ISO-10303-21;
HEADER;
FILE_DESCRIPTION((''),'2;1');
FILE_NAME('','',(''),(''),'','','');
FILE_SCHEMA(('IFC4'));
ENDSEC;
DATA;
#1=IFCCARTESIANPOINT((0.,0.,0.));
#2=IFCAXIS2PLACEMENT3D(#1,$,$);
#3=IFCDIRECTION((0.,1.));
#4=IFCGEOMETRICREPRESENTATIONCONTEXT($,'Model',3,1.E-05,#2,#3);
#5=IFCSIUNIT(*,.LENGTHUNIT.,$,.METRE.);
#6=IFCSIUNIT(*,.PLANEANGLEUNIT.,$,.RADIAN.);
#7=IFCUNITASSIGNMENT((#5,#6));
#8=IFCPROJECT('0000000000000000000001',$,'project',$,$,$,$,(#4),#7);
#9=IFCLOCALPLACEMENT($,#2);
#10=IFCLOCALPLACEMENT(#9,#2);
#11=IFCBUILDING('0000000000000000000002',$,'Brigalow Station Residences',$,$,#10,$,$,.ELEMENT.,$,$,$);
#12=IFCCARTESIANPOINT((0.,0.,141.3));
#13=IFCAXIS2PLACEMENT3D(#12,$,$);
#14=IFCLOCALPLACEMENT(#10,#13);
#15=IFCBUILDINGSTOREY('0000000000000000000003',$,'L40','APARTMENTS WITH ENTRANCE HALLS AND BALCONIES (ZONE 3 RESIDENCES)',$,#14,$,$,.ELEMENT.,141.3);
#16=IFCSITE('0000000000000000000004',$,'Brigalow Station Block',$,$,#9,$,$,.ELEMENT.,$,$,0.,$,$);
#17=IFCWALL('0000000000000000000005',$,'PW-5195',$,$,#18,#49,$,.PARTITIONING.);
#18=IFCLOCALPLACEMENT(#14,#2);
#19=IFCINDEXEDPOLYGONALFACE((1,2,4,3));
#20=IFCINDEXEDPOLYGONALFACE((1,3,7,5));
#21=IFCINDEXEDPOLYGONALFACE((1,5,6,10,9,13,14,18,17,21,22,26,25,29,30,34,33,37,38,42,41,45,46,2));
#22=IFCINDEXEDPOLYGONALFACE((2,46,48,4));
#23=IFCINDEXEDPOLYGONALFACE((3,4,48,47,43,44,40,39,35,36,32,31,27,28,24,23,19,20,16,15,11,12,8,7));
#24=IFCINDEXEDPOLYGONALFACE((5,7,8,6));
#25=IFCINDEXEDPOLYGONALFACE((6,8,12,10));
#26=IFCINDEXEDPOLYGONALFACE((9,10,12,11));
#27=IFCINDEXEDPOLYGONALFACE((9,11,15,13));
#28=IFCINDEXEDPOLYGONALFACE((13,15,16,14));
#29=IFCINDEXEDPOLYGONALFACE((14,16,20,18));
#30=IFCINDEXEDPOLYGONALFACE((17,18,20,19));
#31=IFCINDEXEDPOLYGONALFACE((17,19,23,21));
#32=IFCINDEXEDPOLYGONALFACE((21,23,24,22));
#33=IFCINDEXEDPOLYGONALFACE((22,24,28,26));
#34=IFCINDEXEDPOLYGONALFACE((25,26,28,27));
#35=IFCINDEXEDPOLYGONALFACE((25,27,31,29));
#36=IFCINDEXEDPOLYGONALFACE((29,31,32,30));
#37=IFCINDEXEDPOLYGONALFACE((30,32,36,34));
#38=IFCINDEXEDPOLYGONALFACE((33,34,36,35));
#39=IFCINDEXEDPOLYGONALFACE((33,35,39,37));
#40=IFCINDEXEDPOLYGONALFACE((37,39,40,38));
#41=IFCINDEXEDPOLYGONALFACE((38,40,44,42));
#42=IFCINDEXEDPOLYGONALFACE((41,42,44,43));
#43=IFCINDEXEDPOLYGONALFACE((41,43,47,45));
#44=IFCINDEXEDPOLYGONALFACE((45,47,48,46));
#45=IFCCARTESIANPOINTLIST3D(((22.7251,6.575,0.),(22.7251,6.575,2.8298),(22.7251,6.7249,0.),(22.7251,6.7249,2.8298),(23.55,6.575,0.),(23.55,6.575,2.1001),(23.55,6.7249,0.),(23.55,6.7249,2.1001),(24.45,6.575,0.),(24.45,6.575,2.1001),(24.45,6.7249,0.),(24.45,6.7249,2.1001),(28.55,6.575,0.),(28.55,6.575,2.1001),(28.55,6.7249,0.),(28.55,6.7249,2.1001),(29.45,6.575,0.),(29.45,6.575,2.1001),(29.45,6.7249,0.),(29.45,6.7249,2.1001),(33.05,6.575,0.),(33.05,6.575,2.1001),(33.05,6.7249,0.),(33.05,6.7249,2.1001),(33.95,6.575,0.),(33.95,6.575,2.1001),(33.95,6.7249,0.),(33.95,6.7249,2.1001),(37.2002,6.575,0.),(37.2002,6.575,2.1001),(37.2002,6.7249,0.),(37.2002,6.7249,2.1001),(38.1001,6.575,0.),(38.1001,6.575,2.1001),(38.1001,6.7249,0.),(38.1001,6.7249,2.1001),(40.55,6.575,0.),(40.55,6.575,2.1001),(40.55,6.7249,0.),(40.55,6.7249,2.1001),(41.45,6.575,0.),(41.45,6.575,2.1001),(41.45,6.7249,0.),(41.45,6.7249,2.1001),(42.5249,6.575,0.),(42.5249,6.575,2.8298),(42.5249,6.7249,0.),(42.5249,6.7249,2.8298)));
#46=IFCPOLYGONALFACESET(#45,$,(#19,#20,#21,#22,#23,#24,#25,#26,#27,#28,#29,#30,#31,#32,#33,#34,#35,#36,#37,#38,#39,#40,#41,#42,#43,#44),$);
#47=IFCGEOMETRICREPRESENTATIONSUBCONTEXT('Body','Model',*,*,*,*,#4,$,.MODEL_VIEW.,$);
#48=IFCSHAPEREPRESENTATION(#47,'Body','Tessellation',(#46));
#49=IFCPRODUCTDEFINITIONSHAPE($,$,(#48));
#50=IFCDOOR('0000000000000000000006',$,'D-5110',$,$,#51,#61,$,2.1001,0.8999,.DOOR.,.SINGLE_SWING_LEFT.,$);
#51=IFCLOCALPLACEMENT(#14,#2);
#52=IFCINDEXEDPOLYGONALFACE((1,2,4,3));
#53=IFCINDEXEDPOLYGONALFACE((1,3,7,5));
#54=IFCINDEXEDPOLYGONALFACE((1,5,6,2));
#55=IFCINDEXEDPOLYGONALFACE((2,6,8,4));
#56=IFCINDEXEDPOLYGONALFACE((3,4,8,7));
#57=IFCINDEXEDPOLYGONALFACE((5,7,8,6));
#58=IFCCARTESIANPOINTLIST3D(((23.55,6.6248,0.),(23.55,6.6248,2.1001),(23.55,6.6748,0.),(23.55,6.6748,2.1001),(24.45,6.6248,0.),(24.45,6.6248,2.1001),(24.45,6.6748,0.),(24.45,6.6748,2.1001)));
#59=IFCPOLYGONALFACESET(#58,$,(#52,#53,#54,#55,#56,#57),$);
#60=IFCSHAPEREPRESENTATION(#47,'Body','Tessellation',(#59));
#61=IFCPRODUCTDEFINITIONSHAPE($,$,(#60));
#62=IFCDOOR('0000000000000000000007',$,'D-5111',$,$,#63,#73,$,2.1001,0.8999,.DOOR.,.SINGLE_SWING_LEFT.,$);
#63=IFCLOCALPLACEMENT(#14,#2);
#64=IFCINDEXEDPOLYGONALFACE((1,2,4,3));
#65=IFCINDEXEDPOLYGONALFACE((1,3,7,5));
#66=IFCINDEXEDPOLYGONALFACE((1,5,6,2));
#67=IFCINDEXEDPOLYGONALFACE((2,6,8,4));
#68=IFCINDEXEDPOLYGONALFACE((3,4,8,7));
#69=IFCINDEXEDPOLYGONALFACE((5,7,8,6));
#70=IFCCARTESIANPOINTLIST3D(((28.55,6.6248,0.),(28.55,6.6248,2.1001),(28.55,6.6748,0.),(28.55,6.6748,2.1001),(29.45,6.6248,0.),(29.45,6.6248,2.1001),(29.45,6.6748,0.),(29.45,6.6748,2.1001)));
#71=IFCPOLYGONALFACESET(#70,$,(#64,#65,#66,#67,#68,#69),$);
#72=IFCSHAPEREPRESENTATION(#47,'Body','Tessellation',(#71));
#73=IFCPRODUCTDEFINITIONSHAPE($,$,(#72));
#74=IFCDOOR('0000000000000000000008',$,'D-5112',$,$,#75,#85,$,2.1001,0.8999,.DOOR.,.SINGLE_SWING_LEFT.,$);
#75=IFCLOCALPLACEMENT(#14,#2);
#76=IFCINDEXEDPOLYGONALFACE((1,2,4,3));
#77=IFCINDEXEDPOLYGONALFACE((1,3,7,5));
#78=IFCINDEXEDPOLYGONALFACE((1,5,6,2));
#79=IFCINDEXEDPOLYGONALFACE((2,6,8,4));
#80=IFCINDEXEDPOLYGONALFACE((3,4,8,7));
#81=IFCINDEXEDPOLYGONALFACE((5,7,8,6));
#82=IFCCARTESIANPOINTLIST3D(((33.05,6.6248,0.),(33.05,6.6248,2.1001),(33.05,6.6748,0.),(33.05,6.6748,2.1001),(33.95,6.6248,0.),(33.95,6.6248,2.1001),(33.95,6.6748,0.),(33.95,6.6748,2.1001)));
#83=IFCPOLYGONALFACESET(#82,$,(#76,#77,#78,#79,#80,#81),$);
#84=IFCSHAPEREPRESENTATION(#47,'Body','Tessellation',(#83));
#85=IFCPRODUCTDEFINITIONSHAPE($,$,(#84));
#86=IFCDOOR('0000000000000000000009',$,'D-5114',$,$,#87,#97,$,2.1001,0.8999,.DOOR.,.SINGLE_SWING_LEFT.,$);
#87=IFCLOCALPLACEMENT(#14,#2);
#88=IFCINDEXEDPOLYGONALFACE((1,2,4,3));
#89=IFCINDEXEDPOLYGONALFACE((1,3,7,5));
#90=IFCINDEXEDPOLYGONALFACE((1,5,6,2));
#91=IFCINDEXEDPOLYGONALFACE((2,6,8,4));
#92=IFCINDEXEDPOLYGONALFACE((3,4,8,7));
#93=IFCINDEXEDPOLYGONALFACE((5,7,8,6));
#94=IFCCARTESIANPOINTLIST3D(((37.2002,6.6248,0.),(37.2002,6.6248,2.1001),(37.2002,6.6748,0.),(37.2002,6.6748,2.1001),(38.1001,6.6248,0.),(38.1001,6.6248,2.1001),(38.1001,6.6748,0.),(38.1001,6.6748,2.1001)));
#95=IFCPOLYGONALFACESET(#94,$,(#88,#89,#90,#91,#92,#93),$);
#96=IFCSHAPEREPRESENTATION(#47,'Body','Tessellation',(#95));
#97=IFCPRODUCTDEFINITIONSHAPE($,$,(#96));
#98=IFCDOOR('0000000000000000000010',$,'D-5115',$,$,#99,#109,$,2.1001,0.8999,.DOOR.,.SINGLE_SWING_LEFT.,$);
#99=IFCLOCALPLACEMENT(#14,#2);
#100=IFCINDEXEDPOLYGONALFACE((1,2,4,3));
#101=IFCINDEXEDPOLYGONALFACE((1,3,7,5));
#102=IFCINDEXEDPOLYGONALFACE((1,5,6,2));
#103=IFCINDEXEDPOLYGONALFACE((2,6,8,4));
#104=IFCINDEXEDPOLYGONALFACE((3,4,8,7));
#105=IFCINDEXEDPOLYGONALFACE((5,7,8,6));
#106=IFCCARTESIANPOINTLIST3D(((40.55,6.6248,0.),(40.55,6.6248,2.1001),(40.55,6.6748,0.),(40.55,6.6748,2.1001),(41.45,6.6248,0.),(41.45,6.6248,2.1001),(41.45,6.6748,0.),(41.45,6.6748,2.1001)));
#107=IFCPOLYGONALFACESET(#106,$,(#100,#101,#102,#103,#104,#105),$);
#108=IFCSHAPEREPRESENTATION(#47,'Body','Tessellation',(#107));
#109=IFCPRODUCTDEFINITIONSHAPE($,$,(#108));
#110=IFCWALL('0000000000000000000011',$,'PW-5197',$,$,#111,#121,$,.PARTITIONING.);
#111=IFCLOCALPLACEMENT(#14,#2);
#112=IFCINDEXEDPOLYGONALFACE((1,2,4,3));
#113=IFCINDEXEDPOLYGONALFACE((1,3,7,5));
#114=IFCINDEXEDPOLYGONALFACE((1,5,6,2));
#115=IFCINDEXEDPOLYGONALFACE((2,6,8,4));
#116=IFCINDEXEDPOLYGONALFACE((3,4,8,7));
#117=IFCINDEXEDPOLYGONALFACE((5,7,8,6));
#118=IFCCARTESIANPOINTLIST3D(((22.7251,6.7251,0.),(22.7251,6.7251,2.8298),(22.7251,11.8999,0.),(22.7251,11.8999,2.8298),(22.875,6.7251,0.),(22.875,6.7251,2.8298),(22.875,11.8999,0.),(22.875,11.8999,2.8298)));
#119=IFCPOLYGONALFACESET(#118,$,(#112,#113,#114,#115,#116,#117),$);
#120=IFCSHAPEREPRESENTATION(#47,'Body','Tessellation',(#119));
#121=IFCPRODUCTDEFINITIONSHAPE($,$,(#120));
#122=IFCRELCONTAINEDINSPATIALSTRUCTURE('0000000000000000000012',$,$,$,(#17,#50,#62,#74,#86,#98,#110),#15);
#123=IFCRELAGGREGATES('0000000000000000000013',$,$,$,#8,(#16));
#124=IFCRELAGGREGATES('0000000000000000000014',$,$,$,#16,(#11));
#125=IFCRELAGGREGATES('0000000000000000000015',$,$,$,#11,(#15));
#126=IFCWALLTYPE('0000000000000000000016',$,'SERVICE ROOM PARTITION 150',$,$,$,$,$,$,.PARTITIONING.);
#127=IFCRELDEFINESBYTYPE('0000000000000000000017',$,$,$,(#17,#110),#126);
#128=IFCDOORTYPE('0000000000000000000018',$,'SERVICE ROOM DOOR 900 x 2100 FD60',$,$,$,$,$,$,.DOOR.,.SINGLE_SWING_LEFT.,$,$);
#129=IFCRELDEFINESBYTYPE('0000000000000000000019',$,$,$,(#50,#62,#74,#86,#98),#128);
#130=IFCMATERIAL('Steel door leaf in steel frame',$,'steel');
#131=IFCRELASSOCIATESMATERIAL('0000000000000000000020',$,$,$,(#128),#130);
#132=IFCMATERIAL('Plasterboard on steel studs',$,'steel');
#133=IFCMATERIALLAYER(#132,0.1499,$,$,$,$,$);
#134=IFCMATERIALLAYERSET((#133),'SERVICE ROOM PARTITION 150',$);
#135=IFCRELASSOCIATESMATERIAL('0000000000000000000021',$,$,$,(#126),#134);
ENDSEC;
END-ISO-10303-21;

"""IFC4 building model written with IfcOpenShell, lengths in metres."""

from ifc_helpers import new_model, si_unit, direction, frame, frame_2d, origin, place, context, subcontext, project, spatial, rectangle, extrude, material, layer, layer_set, type_object, element, fill, save


model = new_model("IFC4")

# Units and contexts
model_context = context("Model", 3, precision=1e-05, world=origin(), true_north=direction((0.0, 1.0)))
body_context = subcontext(model_context, "Body", "Model", "MODEL_VIEW")
ifc_project = project(units=[si_unit("LENGTHUNIT", "METRE"), si_unit("PLANEANGLEUNIT", "RADIAN")], contexts=[model_context])

# Site, building, storey
site_placement = place(None, origin())
site = spatial("IfcSite", under=ifc_project, at=site_placement, Name="Brigalow Station Block", CompositionType="ELEMENT", RefElevation=0.0)
building_placement = place(site_placement, origin())
building = spatial("IfcBuilding", under=site, at=building_placement, Name="Brigalow Station Residences", CompositionType="ELEMENT")
storey_placement = place(building_placement, frame((0.0, 0.0, 141.3)))
storey = spatial("IfcBuildingStorey", under=building, at=storey_placement, Name="L40", Description="APARTMENTS WITH ENTRANCE HALLS AND BALCONIES (ZONE 3 RESIDENCES)", CompositionType="ELEMENT", Elevation=141.3)

# Shared definitions
ifc_material_1 = material(Name="Steel door leaf in steel frame", Category="steel")
door_type_1 = type_object("IfcDoorType", Name="SERVICE ROOM DOOR 900 x 2100 FD60", OperationType="SINGLE_SWING_LEFT", PredefinedType="DOOR", material=ifc_material_1)

# Wall, openings, doors
ifc_material_2 = material(Name="Plasterboard on steel studs", Category="steel")
ifc_layer_1 = layer(ifc_material_2, 0.1499)
ifc_layer_set_1 = layer_set([ifc_layer_1], Name="SERVICE ROOM PARTITION 150")
wall_type_1 = type_object("IfcWallType", Name="SERVICE ROOM PARTITION 150", PredefinedType="PARTITIONING", material=ifc_layer_set_1)
wall_1_placement = place(storey_placement, frame((22.7251, 6.6499, 0.0), z_axis=(0.0, 0.0, 1.0), x_axis=(1.0, 0.0, 0.0)))
wall_1 = element("IfcWall", 1, at=wall_1_placement, inside=storey, type_object=wall_type_1, Name="PW-5195", PredefinedType="PARTITIONING", context=body_context, shape_type="SweptSolid", body=[
    extrude(rectangle(XDim=19.7998, YDim=0.1499, at=frame_2d((9.8999, 0.0))), origin(), (0.0, 0.0, 1.0), 2.8298),
])
opening_1_placement = place(wall_1_placement, frame((0.825, 0.0, 0.0)))
opening_1 = element("IfcOpeningElement", 2, at=opening_1_placement, cuts=wall_1, PredefinedType="OPENING", context=body_context, shape_type="SweptSolid", body=[
    extrude(rectangle(XDim=0.8999, YDim=2.1001, at=frame_2d((0.45, 1.05))), frame((0.0, 0.085, 0.0), z_axis=(0.0, -1.0, 0.0), x_axis=(1.0, 0.0, 0.0)), (0.0, 0.0, 1.0), 0.1699),
])
opening_2_placement = place(wall_1_placement, frame((5.825, 0.0, 0.0)))
opening_2 = element("IfcOpeningElement", 3, at=opening_2_placement, cuts=wall_1, PredefinedType="OPENING", context=body_context, shape_type="SweptSolid", body=[
    extrude(rectangle(XDim=0.8999, YDim=2.1001, at=frame_2d((0.45, 1.05))), frame((0.0, 0.085, 0.0), z_axis=(0.0, -1.0, 0.0), x_axis=(1.0, 0.0, 0.0)), (0.0, 0.0, 1.0), 0.1699),
])
opening_3_placement = place(wall_1_placement, frame((10.325, 0.0, 0.0)))
opening_3 = element("IfcOpeningElement", 4, at=opening_3_placement, cuts=wall_1, PredefinedType="OPENING", context=body_context, shape_type="SweptSolid", body=[
    extrude(rectangle(XDim=0.8999, YDim=2.1001, at=frame_2d((0.45, 1.05))), frame((0.0, 0.085, 0.0), z_axis=(0.0, -1.0, 0.0), x_axis=(1.0, 0.0, 0.0)), (0.0, 0.0, 1.0), 0.1699),
])
opening_4_placement = place(wall_1_placement, frame((14.4751, 0.0, 0.0)))
opening_4 = element("IfcOpeningElement", 5, at=opening_4_placement, cuts=wall_1, PredefinedType="OPENING", context=body_context, shape_type="SweptSolid", body=[
    extrude(rectangle(XDim=0.8999, YDim=2.1001, at=frame_2d((0.45, 1.05))), frame((0.0, 0.085, 0.0), z_axis=(0.0, -1.0, 0.0), x_axis=(1.0, 0.0, 0.0)), (0.0, 0.0, 1.0), 0.1699),
])
opening_5_placement = place(wall_1_placement, frame((17.825, 0.0, 0.0)))
opening_5 = element("IfcOpeningElement", 6, at=opening_5_placement, cuts=wall_1, PredefinedType="OPENING", context=body_context, shape_type="SweptSolid", body=[
    extrude(rectangle(XDim=0.8999, YDim=2.1001, at=frame_2d((0.45, 1.05))), frame((0.0, 0.085, 0.0), z_axis=(0.0, -1.0, 0.0), x_axis=(1.0, 0.0, 0.0)), (0.0, 0.0, 1.0), 0.1699),
])
door_1_placement = place(opening_1_placement, origin())
door_1 = element("IfcDoor", 7, at=door_1_placement, inside=storey, type_object=door_type_1, Name="D-5110", OperationType="SINGLE_SWING_LEFT", OverallHeight=2.1001, OverallWidth=0.8999, PredefinedType="DOOR", context=body_context, shape_type="SweptSolid", body=[
    extrude(rectangle(XDim=0.8999, YDim=2.1001, at=frame_2d((0.45, 1.05))), frame((0.0, 0.0249, 0.0), z_axis=(0.0, -1.0, 0.0), x_axis=(1.0, 0.0, 0.0)), (0.0, 0.0, 1.0), 0.05),
])
fill(opening_1, door_1)
door_2_placement = place(opening_2_placement, origin())
door_2 = element("IfcDoor", 8, at=door_2_placement, inside=storey, type_object=door_type_1, Name="D-5111", OperationType="SINGLE_SWING_LEFT", OverallHeight=2.1001, OverallWidth=0.8999, PredefinedType="DOOR", context=body_context, shape_type="SweptSolid", body=[
    extrude(rectangle(XDim=0.8999, YDim=2.1001, at=frame_2d((0.45, 1.05))), frame((0.0, 0.0249, 0.0), z_axis=(0.0, -1.0, 0.0), x_axis=(1.0, 0.0, 0.0)), (0.0, 0.0, 1.0), 0.05),
])
fill(opening_2, door_2)
door_3_placement = place(opening_3_placement, origin())
door_3 = element("IfcDoor", 9, at=door_3_placement, inside=storey, type_object=door_type_1, Name="D-5112", OperationType="SINGLE_SWING_LEFT", OverallHeight=2.1001, OverallWidth=0.8999, PredefinedType="DOOR", context=body_context, shape_type="SweptSolid", body=[
    extrude(rectangle(XDim=0.8999, YDim=2.1001, at=frame_2d((0.45, 1.05))), frame((0.0, 0.0249, 0.0), z_axis=(0.0, -1.0, 0.0), x_axis=(1.0, 0.0, 0.0)), (0.0, 0.0, 1.0), 0.05),
])
fill(opening_3, door_3)
door_4_placement = place(opening_4_placement, origin())
door_4 = element("IfcDoor", 10, at=door_4_placement, inside=storey, type_object=door_type_1, Name="D-5114", OperationType="SINGLE_SWING_LEFT", OverallHeight=2.1001, OverallWidth=0.8999, PredefinedType="DOOR", context=body_context, shape_type="SweptSolid", body=[
    extrude(rectangle(XDim=0.8999, YDim=2.1001, at=frame_2d((0.45, 1.05))), frame((0.0, 0.0249, 0.0), z_axis=(0.0, -1.0, 0.0), x_axis=(1.0, 0.0, 0.0)), (0.0, 0.0, 1.0), 0.05),
])
fill(opening_4, door_4)
door_5_placement = place(opening_5_placement, origin())
door_5 = element("IfcDoor", 11, at=door_5_placement, inside=storey, type_object=door_type_1, Name="D-5115", OperationType="SINGLE_SWING_LEFT", OverallHeight=2.1001, OverallWidth=0.8999, PredefinedType="DOOR", context=body_context, shape_type="SweptSolid", body=[
    extrude(rectangle(XDim=0.8999, YDim=2.1001, at=frame_2d((0.45, 1.05))), frame((0.0, 0.0249, 0.0), z_axis=(0.0, -1.0, 0.0), x_axis=(1.0, 0.0, 0.0)), (0.0, 0.0, 1.0), 0.05),
])
fill(opening_5, door_5)

# Wall
wall_2_placement = place(storey_placement, frame((22.8, 6.7251, 0.0), z_axis=(0.0, 0.0, 1.0), x_axis=(0.0, 1.0, 0.0)))
element("IfcWall", 12, at=wall_2_placement, inside=storey, type_object=wall_type_1, Name="PW-5197", PredefinedType="PARTITIONING", context=body_context, shape_type="SweptSolid", body=[
    extrude(rectangle(XDim=5.1748, YDim=0.1499, at=frame_2d((2.5874, 0.0))), origin(), (0.0, 0.0, 1.0), 2.8298),
])

save(model, "model.ifc")
